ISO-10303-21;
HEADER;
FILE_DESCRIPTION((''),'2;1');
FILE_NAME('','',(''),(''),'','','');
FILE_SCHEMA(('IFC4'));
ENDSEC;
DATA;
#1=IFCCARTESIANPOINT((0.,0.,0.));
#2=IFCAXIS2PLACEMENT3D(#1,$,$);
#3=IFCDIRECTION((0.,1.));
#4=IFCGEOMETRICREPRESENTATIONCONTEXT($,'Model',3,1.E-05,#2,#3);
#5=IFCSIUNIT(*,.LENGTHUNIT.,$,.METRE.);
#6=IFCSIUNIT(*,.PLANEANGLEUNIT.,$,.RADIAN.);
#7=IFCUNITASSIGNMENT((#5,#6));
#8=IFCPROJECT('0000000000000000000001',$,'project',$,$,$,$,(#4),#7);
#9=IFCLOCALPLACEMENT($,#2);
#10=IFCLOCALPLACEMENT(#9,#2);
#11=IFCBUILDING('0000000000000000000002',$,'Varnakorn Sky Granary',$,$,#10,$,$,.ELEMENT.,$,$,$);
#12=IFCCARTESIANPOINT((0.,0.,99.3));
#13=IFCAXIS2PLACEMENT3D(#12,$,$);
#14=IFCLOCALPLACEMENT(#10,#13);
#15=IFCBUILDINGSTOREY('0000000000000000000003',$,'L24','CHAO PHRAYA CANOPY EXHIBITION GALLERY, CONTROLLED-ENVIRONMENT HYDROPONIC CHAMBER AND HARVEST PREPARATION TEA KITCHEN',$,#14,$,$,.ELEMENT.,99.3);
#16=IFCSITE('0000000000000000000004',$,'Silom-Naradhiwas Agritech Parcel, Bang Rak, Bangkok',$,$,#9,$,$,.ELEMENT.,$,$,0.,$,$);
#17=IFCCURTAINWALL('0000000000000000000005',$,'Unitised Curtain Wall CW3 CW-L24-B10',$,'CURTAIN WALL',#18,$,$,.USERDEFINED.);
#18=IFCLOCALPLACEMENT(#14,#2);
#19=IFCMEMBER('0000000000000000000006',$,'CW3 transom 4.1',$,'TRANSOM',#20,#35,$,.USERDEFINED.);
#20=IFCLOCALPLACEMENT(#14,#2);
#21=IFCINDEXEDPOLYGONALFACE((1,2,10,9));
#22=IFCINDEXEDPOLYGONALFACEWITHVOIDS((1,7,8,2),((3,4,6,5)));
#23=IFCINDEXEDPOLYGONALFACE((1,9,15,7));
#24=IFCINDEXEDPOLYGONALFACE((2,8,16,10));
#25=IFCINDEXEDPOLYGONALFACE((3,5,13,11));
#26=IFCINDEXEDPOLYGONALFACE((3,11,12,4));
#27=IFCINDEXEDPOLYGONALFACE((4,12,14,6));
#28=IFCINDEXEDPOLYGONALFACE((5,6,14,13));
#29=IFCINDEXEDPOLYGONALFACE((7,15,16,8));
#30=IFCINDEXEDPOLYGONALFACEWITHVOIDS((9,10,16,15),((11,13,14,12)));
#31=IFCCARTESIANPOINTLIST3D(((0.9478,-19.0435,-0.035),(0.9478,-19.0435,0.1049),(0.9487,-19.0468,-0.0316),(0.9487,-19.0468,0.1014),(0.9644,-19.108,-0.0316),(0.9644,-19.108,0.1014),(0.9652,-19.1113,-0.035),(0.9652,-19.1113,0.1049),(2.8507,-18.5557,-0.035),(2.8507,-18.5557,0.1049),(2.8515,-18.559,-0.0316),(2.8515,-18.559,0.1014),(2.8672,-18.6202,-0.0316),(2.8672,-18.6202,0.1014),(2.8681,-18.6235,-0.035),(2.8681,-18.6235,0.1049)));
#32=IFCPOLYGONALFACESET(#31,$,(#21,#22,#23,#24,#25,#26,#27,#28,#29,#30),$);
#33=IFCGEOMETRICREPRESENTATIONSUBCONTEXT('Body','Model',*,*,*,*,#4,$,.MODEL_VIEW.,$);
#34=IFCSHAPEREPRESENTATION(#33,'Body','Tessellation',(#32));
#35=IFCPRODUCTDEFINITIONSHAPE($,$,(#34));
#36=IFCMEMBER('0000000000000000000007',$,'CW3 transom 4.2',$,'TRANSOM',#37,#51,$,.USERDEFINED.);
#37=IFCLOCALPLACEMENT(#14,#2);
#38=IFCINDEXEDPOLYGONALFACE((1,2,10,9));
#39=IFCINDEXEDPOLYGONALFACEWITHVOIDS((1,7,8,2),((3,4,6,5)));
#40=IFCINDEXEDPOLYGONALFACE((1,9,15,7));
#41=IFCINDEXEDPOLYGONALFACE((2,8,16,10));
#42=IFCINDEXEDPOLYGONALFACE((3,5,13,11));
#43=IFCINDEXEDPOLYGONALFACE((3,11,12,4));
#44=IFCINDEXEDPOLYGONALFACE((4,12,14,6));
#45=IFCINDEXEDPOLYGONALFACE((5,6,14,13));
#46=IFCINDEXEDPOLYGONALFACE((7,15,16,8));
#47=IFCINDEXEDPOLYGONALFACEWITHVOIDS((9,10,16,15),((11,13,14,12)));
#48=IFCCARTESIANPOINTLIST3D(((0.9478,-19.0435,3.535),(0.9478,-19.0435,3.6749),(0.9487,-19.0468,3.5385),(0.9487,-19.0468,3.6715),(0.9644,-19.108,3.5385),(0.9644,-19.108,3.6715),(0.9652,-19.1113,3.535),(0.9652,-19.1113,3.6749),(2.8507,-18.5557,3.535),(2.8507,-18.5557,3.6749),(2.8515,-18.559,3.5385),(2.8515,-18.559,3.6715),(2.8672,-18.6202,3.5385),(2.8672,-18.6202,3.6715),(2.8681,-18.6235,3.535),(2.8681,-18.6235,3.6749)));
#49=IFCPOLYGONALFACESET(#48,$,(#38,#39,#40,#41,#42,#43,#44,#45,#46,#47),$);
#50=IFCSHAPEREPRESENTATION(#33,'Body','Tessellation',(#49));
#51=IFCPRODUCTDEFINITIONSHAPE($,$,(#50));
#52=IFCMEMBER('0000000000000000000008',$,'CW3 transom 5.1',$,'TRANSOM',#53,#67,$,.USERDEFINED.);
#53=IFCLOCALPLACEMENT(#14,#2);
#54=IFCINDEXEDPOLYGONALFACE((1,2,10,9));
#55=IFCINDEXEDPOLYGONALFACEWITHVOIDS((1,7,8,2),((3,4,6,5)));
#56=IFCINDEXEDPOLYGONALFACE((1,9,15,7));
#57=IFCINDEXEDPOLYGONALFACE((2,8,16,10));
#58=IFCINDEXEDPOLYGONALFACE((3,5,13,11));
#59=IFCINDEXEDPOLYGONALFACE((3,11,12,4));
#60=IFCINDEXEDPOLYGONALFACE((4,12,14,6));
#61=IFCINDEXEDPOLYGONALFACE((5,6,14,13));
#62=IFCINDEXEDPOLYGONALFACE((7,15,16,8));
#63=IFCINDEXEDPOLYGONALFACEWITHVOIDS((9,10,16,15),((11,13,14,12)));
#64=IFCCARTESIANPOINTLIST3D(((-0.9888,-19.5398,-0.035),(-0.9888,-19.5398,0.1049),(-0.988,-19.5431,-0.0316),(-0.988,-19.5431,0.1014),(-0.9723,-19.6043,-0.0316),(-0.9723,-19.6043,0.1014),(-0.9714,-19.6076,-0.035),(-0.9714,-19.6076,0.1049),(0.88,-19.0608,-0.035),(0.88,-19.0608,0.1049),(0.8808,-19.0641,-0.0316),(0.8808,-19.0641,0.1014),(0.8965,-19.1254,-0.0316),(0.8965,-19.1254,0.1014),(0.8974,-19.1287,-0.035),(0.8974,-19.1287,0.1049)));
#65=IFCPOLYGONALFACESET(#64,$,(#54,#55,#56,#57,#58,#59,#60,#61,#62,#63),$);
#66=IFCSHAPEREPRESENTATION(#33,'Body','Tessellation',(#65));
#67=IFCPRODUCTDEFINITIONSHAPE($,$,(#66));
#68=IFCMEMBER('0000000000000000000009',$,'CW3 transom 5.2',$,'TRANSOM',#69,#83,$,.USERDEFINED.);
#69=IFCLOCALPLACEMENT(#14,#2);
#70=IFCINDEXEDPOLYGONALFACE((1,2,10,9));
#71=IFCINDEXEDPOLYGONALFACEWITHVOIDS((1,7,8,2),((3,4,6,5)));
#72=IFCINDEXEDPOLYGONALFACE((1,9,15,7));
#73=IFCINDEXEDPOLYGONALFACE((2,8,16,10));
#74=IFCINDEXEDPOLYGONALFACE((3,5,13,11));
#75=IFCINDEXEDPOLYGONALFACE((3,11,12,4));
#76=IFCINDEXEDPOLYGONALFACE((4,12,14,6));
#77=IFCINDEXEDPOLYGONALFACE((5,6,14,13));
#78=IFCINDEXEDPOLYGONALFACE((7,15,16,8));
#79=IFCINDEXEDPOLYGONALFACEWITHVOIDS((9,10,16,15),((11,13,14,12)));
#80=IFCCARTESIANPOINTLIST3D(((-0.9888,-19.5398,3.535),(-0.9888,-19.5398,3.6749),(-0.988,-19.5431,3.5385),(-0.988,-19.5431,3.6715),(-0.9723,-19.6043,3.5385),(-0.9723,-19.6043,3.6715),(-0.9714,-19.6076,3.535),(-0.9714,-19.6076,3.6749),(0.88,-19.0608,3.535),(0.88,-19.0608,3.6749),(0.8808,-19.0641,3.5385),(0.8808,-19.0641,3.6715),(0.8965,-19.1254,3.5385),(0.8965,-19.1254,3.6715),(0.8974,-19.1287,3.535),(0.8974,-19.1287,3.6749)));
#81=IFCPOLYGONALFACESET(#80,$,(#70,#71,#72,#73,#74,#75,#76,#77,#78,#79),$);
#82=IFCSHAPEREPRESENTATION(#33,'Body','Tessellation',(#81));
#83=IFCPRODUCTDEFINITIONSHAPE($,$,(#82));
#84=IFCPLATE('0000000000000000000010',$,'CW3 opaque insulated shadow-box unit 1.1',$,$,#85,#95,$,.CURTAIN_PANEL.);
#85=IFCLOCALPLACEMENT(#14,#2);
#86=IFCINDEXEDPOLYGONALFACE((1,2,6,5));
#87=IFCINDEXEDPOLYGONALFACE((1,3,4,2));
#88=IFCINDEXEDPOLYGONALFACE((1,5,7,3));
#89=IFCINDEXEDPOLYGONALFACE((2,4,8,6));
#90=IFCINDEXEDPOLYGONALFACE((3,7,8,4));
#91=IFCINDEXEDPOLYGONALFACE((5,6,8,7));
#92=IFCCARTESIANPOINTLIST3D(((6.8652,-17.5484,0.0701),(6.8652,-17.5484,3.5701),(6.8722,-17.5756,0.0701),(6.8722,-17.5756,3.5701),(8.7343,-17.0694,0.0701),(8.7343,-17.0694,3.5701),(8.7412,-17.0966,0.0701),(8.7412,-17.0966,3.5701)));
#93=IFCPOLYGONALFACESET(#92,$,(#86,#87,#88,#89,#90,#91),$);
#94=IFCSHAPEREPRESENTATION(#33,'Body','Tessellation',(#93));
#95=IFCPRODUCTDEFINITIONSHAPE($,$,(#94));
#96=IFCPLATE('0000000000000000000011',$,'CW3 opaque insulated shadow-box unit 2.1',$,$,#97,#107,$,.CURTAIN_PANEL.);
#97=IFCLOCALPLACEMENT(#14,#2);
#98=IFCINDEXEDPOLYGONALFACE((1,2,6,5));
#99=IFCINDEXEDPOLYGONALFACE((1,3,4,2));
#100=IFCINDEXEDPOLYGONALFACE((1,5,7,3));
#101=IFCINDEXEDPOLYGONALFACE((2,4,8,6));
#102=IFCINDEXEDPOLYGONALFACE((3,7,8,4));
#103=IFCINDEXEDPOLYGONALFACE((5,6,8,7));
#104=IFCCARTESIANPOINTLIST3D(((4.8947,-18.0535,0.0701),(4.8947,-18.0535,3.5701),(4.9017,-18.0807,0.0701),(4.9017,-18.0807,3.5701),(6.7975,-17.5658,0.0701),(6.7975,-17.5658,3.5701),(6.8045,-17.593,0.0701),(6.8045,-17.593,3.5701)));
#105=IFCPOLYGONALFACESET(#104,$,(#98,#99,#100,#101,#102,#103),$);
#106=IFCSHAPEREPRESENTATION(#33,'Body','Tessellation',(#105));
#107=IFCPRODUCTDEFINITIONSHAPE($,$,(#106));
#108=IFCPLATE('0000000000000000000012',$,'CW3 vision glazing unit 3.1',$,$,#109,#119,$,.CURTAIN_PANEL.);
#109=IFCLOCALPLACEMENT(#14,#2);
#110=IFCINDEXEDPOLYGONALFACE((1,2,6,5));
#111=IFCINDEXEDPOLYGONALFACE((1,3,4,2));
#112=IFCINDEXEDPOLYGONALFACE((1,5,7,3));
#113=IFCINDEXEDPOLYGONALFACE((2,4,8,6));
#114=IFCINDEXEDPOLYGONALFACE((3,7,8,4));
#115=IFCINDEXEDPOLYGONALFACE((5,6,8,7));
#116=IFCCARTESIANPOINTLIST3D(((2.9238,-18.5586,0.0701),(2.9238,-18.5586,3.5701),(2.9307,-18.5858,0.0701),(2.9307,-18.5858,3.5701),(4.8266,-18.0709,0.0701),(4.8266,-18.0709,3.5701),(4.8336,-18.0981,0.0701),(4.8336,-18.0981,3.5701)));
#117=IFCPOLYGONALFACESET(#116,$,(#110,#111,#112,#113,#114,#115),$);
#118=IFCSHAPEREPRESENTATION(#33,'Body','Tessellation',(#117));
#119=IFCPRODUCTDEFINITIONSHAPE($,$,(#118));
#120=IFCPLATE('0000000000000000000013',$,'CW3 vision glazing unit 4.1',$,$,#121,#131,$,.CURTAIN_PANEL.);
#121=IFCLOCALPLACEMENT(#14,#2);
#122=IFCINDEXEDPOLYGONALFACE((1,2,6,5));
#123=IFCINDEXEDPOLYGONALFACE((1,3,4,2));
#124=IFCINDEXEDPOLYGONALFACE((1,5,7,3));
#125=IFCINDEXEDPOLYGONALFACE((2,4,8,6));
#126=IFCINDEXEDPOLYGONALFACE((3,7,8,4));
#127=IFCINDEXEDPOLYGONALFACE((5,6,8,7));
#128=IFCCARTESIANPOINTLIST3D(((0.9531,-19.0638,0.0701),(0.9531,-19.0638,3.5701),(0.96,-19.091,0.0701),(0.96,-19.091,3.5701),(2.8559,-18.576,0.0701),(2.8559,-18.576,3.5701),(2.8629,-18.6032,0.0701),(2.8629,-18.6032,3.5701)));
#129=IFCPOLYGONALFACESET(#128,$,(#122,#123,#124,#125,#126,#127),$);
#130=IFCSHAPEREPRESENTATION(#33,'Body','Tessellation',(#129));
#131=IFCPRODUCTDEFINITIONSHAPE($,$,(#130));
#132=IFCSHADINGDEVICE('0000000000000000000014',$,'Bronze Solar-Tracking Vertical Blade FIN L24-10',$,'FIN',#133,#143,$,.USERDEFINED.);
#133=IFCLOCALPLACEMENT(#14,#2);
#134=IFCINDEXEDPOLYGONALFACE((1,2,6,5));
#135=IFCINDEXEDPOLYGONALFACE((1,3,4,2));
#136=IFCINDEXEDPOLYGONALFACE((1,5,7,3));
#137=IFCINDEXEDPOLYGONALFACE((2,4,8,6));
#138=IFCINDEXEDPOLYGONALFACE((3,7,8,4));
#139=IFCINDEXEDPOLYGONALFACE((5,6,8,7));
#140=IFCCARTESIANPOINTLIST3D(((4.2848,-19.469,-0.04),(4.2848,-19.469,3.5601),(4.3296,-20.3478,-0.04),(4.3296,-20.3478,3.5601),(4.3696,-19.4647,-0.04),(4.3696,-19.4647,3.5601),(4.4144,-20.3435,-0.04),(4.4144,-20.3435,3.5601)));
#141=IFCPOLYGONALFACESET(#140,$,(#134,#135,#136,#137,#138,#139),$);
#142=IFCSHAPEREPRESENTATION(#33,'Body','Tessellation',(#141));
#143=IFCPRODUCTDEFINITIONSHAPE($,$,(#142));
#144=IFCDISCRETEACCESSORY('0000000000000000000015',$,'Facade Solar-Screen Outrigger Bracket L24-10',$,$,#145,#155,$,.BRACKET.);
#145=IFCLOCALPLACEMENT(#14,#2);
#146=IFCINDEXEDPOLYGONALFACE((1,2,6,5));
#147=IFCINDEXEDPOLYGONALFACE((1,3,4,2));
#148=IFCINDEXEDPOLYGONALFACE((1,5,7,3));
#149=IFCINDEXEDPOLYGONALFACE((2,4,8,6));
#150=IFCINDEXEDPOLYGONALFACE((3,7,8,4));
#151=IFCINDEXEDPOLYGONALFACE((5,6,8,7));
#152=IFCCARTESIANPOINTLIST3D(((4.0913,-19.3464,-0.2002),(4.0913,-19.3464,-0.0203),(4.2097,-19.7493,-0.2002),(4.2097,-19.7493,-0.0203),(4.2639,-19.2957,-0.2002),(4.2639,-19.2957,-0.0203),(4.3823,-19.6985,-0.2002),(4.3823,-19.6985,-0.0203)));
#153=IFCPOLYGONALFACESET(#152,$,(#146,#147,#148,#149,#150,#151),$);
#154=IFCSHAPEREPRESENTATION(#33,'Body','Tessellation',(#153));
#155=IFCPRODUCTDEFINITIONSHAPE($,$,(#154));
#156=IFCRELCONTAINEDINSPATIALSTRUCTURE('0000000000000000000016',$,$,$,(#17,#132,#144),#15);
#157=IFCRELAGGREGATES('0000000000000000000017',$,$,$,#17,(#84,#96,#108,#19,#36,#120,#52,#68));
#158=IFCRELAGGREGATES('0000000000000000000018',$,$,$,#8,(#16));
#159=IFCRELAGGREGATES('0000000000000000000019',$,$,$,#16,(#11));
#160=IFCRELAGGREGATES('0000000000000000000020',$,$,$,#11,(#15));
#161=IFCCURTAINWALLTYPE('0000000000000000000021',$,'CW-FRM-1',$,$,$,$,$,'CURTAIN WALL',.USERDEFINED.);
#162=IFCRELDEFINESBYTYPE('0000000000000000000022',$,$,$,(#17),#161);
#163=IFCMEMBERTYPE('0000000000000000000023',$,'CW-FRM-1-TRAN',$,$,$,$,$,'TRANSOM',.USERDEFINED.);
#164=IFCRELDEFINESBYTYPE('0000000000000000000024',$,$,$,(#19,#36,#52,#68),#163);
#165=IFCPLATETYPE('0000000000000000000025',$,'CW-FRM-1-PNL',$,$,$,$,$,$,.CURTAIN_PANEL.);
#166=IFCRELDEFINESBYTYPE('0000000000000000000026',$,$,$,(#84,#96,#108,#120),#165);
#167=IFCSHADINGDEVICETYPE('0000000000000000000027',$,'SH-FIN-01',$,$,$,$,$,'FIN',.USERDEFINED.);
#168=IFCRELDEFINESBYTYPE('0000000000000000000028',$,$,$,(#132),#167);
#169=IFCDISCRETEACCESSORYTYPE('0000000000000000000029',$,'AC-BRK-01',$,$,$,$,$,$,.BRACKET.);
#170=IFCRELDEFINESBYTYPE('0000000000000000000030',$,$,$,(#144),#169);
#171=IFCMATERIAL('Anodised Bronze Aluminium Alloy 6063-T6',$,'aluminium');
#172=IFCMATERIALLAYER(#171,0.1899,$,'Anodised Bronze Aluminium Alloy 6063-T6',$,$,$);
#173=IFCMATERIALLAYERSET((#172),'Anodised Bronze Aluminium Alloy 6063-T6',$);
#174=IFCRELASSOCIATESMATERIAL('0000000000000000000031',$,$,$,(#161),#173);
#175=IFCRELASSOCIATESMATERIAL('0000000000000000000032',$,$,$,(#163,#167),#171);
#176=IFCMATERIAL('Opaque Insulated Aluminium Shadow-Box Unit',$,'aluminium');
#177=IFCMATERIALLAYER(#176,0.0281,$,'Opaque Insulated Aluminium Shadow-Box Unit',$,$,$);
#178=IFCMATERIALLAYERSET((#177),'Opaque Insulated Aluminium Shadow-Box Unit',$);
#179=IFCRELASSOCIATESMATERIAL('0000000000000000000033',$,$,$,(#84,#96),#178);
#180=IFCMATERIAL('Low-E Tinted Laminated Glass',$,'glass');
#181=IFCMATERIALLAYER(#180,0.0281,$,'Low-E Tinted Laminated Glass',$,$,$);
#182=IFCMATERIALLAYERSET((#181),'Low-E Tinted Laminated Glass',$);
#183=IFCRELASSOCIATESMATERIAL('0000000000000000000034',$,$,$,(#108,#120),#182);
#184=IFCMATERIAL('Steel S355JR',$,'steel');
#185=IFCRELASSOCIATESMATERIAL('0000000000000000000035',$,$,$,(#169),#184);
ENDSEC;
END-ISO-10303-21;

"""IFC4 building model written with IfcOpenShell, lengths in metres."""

from ifc_helpers import new_model, si_unit, direction, frame, origin, origin_2d, place, context, subcontext, project, spatial, rectangle, hollow_rectangle, extrude, source, transform, mapped, material, layer, layer_set, material_profile, profile_set, type_object, type_shapes, element, aggregate, save


model = new_model("IFC4")

# Units and contexts
model_context = context("Model", 3, precision=1e-05, world=origin(), true_north=direction((0.0, 1.0)))
body_context = subcontext(model_context, "Body", "Model", "MODEL_VIEW")
ifc_project = project(units=[si_unit("LENGTHUNIT", "METRE"), si_unit("PLANEANGLEUNIT", "RADIAN")], contexts=[model_context])

# Site, building, storey
site_placement = place(None, origin())
site = spatial("IfcSite", under=ifc_project, at=site_placement, Name="Silom-Naradhiwas Agritech Parcel, Bang Rak, Bangkok", CompositionType="ELEMENT", RefElevation=0.0)
building_placement = place(site_placement, origin())
building = spatial("IfcBuilding", under=site, at=building_placement, Name="Varnakorn Sky Granary", CompositionType="ELEMENT")
storey_placement = place(building_placement, frame((0.0, 0.0, 99.3)))
storey = spatial("IfcBuildingStorey", under=building, at=storey_placement, Name="L24", Description="CHAO PHRAYA CANOPY EXHIBITION GALLERY, CONTROLLED-ENVIRONMENT HYDROPONIC CHAMBER AND HARVEST PREPARATION TEA KITCHEN", CompositionType="ELEMENT", Elevation=99.3)

# Curtain wall, members, plates
ifc_material_1 = material(Name="Anodised Bronze Aluminium Alloy 6063-T6", Category="aluminium")
ifc_layer_1 = layer(ifc_material_1, 0.1899, Name="Anodised Bronze Aluminium Alloy 6063-T6")
ifc_layer_set_1 = layer_set([ifc_layer_1], Name="Anodised Bronze Aluminium Alloy 6063-T6")
curtain_wall_type = type_object("IfcCurtainWallType", Name="CW-FRM-1", ElementType="CURTAIN WALL", PredefinedType="USERDEFINED", material=ifc_layer_set_1)
curtain_wall_placement = place(storey_placement, origin())
curtain_wall = element("IfcCurtainWall", 1, at=curtain_wall_placement, inside=storey, type_object=curtain_wall_type, Name="Unitised Curtain Wall CW3 CW-L24-B10", ObjectType="CURTAIN WALL", PredefinedType="USERDEFINED")
ifc_material_profile_1 = material_profile(ifc_material_1, hollow_rectangle(XDim=0.0701, YDim=0.1399, WallThickness=0.0034, at=origin_2d()), Name="ALU TRAN 70x140")
ifc_profile_set_1 = profile_set([ifc_material_profile_1], Name="Anodised Bronze Aluminium Alloy 6063-T6")
member_type_1 = type_object("IfcMemberType", Name="CW-FRM-1-TRAN", ElementType="TRANSOM", PredefinedType="USERDEFINED", material=ifc_profile_set_1)
member_1_placement = place(storey_placement, frame((2.8594, -18.5896, 0.0349), z_axis=(-0.968678, -0.248322, 0.0), x_axis=(0.248322, -0.968678, 0.0)))
member_1 = element("IfcMember", 2, at=member_1_placement, type_object=member_type_1, Name="CW3 transom 4.1", ObjectType="TRANSOM", PredefinedType="USERDEFINED", context=body_context, shape_type="SweptSolid", body=[
    extrude(hollow_rectangle(XDim=0.0701, YDim=0.1399, WallThickness=0.0034, at=origin_2d()), origin(), (0.0, 0.0, 1.0), 1.9644),
])
member_2_placement = place(storey_placement, frame((2.8594, -18.5896, 3.605), z_axis=(-0.968678, -0.248322, 0.0), x_axis=(0.248322, -0.968678, 0.0)))
member_2 = element("IfcMember", 3, at=member_2_placement, type_object=member_type_1, Name="CW3 transom 4.2", ObjectType="TRANSOM", PredefinedType="USERDEFINED", context=body_context, shape_type="SweptSolid", body=[
    extrude(hollow_rectangle(XDim=0.0701, YDim=0.1399, WallThickness=0.0034, at=origin_2d()), origin(), (0.0, 0.0, 1.0), 1.9644),
])
member_3_placement = place(storey_placement, frame((0.8887, -19.0947, 0.0349), z_axis=(-0.968689, -0.248278, 0.0), x_axis=(0.248278, -0.968689, 0.0)))
member_3 = element("IfcMember", 4, at=member_3_placement, type_object=member_type_1, Name="CW3 transom 5.1", ObjectType="TRANSOM", PredefinedType="USERDEFINED", context=body_context, shape_type="SweptSolid", body=[
    extrude(hollow_rectangle(XDim=0.0701, YDim=0.1399, WallThickness=0.0034, at=origin_2d()), origin(), (0.0, 0.0, 1.0), 1.9292),
])
member_4_placement = place(storey_placement, frame((0.8887, -19.0947, 3.605), z_axis=(-0.968689, -0.248278, 0.0), x_axis=(0.248278, -0.968689, 0.0)))
member_4 = element("IfcMember", 5, at=member_4_placement, type_object=member_type_1, Name="CW3 transom 5.2", ObjectType="TRANSOM", PredefinedType="USERDEFINED", context=body_context, shape_type="SweptSolid", body=[
    extrude(hollow_rectangle(XDim=0.0701, YDim=0.1399, WallThickness=0.0034, at=origin_2d()), origin(), (0.0, 0.0, 1.0), 1.9292),
])
ifc_material_2 = material(Name="Opaque Insulated Aluminium Shadow-Box Unit", Category="aluminium")
ifc_layer_2 = layer(ifc_material_2, 0.0281, Name="Opaque Insulated Aluminium Shadow-Box Unit")
ifc_layer_set_2 = layer_set([ifc_layer_2], Name="Opaque Insulated Aluminium Shadow-Box Unit")
plate_type = type_object("IfcPlateType", Name="CW-FRM-1-PNL", PredefinedType="CURTAIN_PANEL")
shared_shape_1 = source(origin(), body_context, "Body", "SweptSolid", [
    extrude(rectangle(XDim=1.9294, YDim=0.0281, at=origin_2d()), origin(), (0.0, 0.0, 1.0), 3.5),
])
plate_1_placement = place(storey_placement, frame((7.8032, -17.3225, 0.0701), z_axis=(0.0, 0.0, 1.0), x_axis=(-0.968687, -0.248284, 0.0)))
plate_1 = element("IfcPlate", 6, at=plate_1_placement, type_object=plate_type, material=ifc_layer_set_2, Name="CW3 opaque insulated shadow-box unit 1.1", PredefinedType="CURTAIN_PANEL", context=body_context, shape_type="MappedRepresentation", body=[
    mapped(shared_shape_1, transform((0.0, 0.0, 0.0), x_axis=(1.0, 0.0, 0.0), y_axis=(0.0, 1.0, 0.0), z_axis=(0.0, 0.0, 1.0), scale=1.0)),
])
shared_shape_2 = source(origin(), body_context, "Body", "SweptSolid", [
    extrude(rectangle(XDim=1.9644, YDim=0.0281, at=origin_2d()), origin(), (0.0, 0.0, 1.0), 3.5),
])
type_shapes(plate_type, [shared_shape_1, shared_shape_2])
plate_2_placement = place(storey_placement, frame((5.8496, -17.8232, 0.0701), z_axis=(0.0, 0.0, 1.0), x_axis=(-0.968687, -0.248284, 0.0)))
plate_2 = element("IfcPlate", 7, at=plate_2_placement, type_object=plate_type, material=ifc_layer_set_2, Name="CW3 opaque insulated shadow-box unit 2.1", PredefinedType="CURTAIN_PANEL", context=body_context, shape_type="MappedRepresentation", body=[
    mapped(shared_shape_2, transform((0.0, 0.0, 0.0), x_axis=(1.0, 0.0, 0.0), y_axis=(0.0, 1.0, 0.0), z_axis=(0.0, 0.0, 1.0), scale=1.0)),
])
ifc_material_3 = material(Name="Low-E Tinted Laminated Glass", Category="glass")
ifc_layer_3 = layer(ifc_material_3, 0.0281, Name="Low-E Tinted Laminated Glass")
ifc_layer_set_3 = layer_set([ifc_layer_3], Name="Low-E Tinted Laminated Glass")
plate_3_placement = place(storey_placement, frame((3.8787, -18.3284, 0.0701), z_axis=(0.0, 0.0, 1.0), x_axis=(-0.968687, -0.248284, 0.0)))
plate_3 = element("IfcPlate", 8, at=plate_3_placement, type_object=plate_type, material=ifc_layer_set_3, Name="CW3 vision glazing unit 3.1", PredefinedType="CURTAIN_PANEL", context=body_context, shape_type="MappedRepresentation", body=[
    mapped(shared_shape_2, transform((0.0, 0.0, 0.0), x_axis=(1.0, 0.0, 0.0), y_axis=(0.0, 1.0, 0.0), z_axis=(0.0, 0.0, 1.0), scale=1.0)),
])
plate_4_placement = place(storey_placement, frame((1.908, -18.8335, 0.0701), z_axis=(0.0, 0.0, 1.0), x_axis=(-0.968687, -0.248284, 0.0)))
plate_4 = element("IfcPlate", 9, at=plate_4_placement, type_object=plate_type, material=ifc_layer_set_3, Name="CW3 vision glazing unit 4.1", PredefinedType="CURTAIN_PANEL", context=body_context, shape_type="MappedRepresentation", body=[
    mapped(shared_shape_2, transform((0.0, 0.0, 0.0), x_axis=(1.0, 0.0, 0.0), y_axis=(0.0, 1.0, 0.0), z_axis=(0.0, 0.0, 1.0), scale=1.0)),
])
aggregate(curtain_wall, [plate_1, plate_2, plate_3, member_1, member_2, plate_4, member_3, member_4])

# Shading device
shading_device_type = type_object("IfcShadingDeviceType", Name="SH-FIN-01", ElementType="FIN", PredefinedType="USERDEFINED", material=ifc_material_1)
shared_shape_3 = source(origin(), body_context, "Body", "SweptSolid", [
    extrude(rectangle(XDim=0.085, YDim=0.8799, at=origin_2d()), origin(), (0.0, 0.0, 1.0), 3.6001),
])
type_shapes(shading_device_type, [shared_shape_3])
shading_device_placement = place(storey_placement, frame((4.3496, -19.9062, -0.04), z_axis=(0.0, 0.0, 1.0), x_axis=(0.998702, 0.050937, 0.0)))
element("IfcShadingDevice", 10, at=shading_device_placement, inside=storey, type_object=shading_device_type, Name="Bronze Solar-Tracking Vertical Blade FIN L24-10", ObjectType="FIN", PredefinedType="USERDEFINED", context=body_context, shape_type="MappedRepresentation", body=[
    mapped(shared_shape_3, transform((0.0, 0.0, 0.0), x_axis=(1.0, 0.0, 0.0), y_axis=(0.0, 1.0, 0.0), z_axis=(0.0, 0.0, 1.0), scale=1.0)),
])

# Discrete accessory
ifc_material_4 = material(Name="Steel S355JR", Category="steel")
discrete_accessory_type = type_object("IfcDiscreteAccessoryType", Name="AC-BRK-01", PredefinedType="BRACKET", material=ifc_material_4)
shared_shape_4 = source(origin(), body_context, "Body", "SweptSolid", [
    extrude(rectangle(XDim=0.1799, YDim=0.4199, at=origin_2d()), origin(), (0.0, 0.0, 1.0), 0.1799),
])
type_shapes(discrete_accessory_type, [shared_shape_4])
discrete_accessory_placement = place(storey_placement, frame((4.2368, -19.5225, -0.2002), z_axis=(0.0, 0.0, 1.0), x_axis=(0.959432, 0.281941, 0.0)))
element("IfcDiscreteAccessory", 11, at=discrete_accessory_placement, inside=storey, type_object=discrete_accessory_type, Name="Facade Solar-Screen Outrigger Bracket L24-10", PredefinedType="BRACKET", context=body_context, shape_type="MappedRepresentation", body=[
    mapped(shared_shape_4, transform((0.0, 0.0, 0.0), x_axis=(1.0, 0.0, 0.0), y_axis=(0.0, 1.0, 0.0), z_axis=(0.0, 0.0, 1.0), scale=1.0)),
])

save(model, "model.ifc")
